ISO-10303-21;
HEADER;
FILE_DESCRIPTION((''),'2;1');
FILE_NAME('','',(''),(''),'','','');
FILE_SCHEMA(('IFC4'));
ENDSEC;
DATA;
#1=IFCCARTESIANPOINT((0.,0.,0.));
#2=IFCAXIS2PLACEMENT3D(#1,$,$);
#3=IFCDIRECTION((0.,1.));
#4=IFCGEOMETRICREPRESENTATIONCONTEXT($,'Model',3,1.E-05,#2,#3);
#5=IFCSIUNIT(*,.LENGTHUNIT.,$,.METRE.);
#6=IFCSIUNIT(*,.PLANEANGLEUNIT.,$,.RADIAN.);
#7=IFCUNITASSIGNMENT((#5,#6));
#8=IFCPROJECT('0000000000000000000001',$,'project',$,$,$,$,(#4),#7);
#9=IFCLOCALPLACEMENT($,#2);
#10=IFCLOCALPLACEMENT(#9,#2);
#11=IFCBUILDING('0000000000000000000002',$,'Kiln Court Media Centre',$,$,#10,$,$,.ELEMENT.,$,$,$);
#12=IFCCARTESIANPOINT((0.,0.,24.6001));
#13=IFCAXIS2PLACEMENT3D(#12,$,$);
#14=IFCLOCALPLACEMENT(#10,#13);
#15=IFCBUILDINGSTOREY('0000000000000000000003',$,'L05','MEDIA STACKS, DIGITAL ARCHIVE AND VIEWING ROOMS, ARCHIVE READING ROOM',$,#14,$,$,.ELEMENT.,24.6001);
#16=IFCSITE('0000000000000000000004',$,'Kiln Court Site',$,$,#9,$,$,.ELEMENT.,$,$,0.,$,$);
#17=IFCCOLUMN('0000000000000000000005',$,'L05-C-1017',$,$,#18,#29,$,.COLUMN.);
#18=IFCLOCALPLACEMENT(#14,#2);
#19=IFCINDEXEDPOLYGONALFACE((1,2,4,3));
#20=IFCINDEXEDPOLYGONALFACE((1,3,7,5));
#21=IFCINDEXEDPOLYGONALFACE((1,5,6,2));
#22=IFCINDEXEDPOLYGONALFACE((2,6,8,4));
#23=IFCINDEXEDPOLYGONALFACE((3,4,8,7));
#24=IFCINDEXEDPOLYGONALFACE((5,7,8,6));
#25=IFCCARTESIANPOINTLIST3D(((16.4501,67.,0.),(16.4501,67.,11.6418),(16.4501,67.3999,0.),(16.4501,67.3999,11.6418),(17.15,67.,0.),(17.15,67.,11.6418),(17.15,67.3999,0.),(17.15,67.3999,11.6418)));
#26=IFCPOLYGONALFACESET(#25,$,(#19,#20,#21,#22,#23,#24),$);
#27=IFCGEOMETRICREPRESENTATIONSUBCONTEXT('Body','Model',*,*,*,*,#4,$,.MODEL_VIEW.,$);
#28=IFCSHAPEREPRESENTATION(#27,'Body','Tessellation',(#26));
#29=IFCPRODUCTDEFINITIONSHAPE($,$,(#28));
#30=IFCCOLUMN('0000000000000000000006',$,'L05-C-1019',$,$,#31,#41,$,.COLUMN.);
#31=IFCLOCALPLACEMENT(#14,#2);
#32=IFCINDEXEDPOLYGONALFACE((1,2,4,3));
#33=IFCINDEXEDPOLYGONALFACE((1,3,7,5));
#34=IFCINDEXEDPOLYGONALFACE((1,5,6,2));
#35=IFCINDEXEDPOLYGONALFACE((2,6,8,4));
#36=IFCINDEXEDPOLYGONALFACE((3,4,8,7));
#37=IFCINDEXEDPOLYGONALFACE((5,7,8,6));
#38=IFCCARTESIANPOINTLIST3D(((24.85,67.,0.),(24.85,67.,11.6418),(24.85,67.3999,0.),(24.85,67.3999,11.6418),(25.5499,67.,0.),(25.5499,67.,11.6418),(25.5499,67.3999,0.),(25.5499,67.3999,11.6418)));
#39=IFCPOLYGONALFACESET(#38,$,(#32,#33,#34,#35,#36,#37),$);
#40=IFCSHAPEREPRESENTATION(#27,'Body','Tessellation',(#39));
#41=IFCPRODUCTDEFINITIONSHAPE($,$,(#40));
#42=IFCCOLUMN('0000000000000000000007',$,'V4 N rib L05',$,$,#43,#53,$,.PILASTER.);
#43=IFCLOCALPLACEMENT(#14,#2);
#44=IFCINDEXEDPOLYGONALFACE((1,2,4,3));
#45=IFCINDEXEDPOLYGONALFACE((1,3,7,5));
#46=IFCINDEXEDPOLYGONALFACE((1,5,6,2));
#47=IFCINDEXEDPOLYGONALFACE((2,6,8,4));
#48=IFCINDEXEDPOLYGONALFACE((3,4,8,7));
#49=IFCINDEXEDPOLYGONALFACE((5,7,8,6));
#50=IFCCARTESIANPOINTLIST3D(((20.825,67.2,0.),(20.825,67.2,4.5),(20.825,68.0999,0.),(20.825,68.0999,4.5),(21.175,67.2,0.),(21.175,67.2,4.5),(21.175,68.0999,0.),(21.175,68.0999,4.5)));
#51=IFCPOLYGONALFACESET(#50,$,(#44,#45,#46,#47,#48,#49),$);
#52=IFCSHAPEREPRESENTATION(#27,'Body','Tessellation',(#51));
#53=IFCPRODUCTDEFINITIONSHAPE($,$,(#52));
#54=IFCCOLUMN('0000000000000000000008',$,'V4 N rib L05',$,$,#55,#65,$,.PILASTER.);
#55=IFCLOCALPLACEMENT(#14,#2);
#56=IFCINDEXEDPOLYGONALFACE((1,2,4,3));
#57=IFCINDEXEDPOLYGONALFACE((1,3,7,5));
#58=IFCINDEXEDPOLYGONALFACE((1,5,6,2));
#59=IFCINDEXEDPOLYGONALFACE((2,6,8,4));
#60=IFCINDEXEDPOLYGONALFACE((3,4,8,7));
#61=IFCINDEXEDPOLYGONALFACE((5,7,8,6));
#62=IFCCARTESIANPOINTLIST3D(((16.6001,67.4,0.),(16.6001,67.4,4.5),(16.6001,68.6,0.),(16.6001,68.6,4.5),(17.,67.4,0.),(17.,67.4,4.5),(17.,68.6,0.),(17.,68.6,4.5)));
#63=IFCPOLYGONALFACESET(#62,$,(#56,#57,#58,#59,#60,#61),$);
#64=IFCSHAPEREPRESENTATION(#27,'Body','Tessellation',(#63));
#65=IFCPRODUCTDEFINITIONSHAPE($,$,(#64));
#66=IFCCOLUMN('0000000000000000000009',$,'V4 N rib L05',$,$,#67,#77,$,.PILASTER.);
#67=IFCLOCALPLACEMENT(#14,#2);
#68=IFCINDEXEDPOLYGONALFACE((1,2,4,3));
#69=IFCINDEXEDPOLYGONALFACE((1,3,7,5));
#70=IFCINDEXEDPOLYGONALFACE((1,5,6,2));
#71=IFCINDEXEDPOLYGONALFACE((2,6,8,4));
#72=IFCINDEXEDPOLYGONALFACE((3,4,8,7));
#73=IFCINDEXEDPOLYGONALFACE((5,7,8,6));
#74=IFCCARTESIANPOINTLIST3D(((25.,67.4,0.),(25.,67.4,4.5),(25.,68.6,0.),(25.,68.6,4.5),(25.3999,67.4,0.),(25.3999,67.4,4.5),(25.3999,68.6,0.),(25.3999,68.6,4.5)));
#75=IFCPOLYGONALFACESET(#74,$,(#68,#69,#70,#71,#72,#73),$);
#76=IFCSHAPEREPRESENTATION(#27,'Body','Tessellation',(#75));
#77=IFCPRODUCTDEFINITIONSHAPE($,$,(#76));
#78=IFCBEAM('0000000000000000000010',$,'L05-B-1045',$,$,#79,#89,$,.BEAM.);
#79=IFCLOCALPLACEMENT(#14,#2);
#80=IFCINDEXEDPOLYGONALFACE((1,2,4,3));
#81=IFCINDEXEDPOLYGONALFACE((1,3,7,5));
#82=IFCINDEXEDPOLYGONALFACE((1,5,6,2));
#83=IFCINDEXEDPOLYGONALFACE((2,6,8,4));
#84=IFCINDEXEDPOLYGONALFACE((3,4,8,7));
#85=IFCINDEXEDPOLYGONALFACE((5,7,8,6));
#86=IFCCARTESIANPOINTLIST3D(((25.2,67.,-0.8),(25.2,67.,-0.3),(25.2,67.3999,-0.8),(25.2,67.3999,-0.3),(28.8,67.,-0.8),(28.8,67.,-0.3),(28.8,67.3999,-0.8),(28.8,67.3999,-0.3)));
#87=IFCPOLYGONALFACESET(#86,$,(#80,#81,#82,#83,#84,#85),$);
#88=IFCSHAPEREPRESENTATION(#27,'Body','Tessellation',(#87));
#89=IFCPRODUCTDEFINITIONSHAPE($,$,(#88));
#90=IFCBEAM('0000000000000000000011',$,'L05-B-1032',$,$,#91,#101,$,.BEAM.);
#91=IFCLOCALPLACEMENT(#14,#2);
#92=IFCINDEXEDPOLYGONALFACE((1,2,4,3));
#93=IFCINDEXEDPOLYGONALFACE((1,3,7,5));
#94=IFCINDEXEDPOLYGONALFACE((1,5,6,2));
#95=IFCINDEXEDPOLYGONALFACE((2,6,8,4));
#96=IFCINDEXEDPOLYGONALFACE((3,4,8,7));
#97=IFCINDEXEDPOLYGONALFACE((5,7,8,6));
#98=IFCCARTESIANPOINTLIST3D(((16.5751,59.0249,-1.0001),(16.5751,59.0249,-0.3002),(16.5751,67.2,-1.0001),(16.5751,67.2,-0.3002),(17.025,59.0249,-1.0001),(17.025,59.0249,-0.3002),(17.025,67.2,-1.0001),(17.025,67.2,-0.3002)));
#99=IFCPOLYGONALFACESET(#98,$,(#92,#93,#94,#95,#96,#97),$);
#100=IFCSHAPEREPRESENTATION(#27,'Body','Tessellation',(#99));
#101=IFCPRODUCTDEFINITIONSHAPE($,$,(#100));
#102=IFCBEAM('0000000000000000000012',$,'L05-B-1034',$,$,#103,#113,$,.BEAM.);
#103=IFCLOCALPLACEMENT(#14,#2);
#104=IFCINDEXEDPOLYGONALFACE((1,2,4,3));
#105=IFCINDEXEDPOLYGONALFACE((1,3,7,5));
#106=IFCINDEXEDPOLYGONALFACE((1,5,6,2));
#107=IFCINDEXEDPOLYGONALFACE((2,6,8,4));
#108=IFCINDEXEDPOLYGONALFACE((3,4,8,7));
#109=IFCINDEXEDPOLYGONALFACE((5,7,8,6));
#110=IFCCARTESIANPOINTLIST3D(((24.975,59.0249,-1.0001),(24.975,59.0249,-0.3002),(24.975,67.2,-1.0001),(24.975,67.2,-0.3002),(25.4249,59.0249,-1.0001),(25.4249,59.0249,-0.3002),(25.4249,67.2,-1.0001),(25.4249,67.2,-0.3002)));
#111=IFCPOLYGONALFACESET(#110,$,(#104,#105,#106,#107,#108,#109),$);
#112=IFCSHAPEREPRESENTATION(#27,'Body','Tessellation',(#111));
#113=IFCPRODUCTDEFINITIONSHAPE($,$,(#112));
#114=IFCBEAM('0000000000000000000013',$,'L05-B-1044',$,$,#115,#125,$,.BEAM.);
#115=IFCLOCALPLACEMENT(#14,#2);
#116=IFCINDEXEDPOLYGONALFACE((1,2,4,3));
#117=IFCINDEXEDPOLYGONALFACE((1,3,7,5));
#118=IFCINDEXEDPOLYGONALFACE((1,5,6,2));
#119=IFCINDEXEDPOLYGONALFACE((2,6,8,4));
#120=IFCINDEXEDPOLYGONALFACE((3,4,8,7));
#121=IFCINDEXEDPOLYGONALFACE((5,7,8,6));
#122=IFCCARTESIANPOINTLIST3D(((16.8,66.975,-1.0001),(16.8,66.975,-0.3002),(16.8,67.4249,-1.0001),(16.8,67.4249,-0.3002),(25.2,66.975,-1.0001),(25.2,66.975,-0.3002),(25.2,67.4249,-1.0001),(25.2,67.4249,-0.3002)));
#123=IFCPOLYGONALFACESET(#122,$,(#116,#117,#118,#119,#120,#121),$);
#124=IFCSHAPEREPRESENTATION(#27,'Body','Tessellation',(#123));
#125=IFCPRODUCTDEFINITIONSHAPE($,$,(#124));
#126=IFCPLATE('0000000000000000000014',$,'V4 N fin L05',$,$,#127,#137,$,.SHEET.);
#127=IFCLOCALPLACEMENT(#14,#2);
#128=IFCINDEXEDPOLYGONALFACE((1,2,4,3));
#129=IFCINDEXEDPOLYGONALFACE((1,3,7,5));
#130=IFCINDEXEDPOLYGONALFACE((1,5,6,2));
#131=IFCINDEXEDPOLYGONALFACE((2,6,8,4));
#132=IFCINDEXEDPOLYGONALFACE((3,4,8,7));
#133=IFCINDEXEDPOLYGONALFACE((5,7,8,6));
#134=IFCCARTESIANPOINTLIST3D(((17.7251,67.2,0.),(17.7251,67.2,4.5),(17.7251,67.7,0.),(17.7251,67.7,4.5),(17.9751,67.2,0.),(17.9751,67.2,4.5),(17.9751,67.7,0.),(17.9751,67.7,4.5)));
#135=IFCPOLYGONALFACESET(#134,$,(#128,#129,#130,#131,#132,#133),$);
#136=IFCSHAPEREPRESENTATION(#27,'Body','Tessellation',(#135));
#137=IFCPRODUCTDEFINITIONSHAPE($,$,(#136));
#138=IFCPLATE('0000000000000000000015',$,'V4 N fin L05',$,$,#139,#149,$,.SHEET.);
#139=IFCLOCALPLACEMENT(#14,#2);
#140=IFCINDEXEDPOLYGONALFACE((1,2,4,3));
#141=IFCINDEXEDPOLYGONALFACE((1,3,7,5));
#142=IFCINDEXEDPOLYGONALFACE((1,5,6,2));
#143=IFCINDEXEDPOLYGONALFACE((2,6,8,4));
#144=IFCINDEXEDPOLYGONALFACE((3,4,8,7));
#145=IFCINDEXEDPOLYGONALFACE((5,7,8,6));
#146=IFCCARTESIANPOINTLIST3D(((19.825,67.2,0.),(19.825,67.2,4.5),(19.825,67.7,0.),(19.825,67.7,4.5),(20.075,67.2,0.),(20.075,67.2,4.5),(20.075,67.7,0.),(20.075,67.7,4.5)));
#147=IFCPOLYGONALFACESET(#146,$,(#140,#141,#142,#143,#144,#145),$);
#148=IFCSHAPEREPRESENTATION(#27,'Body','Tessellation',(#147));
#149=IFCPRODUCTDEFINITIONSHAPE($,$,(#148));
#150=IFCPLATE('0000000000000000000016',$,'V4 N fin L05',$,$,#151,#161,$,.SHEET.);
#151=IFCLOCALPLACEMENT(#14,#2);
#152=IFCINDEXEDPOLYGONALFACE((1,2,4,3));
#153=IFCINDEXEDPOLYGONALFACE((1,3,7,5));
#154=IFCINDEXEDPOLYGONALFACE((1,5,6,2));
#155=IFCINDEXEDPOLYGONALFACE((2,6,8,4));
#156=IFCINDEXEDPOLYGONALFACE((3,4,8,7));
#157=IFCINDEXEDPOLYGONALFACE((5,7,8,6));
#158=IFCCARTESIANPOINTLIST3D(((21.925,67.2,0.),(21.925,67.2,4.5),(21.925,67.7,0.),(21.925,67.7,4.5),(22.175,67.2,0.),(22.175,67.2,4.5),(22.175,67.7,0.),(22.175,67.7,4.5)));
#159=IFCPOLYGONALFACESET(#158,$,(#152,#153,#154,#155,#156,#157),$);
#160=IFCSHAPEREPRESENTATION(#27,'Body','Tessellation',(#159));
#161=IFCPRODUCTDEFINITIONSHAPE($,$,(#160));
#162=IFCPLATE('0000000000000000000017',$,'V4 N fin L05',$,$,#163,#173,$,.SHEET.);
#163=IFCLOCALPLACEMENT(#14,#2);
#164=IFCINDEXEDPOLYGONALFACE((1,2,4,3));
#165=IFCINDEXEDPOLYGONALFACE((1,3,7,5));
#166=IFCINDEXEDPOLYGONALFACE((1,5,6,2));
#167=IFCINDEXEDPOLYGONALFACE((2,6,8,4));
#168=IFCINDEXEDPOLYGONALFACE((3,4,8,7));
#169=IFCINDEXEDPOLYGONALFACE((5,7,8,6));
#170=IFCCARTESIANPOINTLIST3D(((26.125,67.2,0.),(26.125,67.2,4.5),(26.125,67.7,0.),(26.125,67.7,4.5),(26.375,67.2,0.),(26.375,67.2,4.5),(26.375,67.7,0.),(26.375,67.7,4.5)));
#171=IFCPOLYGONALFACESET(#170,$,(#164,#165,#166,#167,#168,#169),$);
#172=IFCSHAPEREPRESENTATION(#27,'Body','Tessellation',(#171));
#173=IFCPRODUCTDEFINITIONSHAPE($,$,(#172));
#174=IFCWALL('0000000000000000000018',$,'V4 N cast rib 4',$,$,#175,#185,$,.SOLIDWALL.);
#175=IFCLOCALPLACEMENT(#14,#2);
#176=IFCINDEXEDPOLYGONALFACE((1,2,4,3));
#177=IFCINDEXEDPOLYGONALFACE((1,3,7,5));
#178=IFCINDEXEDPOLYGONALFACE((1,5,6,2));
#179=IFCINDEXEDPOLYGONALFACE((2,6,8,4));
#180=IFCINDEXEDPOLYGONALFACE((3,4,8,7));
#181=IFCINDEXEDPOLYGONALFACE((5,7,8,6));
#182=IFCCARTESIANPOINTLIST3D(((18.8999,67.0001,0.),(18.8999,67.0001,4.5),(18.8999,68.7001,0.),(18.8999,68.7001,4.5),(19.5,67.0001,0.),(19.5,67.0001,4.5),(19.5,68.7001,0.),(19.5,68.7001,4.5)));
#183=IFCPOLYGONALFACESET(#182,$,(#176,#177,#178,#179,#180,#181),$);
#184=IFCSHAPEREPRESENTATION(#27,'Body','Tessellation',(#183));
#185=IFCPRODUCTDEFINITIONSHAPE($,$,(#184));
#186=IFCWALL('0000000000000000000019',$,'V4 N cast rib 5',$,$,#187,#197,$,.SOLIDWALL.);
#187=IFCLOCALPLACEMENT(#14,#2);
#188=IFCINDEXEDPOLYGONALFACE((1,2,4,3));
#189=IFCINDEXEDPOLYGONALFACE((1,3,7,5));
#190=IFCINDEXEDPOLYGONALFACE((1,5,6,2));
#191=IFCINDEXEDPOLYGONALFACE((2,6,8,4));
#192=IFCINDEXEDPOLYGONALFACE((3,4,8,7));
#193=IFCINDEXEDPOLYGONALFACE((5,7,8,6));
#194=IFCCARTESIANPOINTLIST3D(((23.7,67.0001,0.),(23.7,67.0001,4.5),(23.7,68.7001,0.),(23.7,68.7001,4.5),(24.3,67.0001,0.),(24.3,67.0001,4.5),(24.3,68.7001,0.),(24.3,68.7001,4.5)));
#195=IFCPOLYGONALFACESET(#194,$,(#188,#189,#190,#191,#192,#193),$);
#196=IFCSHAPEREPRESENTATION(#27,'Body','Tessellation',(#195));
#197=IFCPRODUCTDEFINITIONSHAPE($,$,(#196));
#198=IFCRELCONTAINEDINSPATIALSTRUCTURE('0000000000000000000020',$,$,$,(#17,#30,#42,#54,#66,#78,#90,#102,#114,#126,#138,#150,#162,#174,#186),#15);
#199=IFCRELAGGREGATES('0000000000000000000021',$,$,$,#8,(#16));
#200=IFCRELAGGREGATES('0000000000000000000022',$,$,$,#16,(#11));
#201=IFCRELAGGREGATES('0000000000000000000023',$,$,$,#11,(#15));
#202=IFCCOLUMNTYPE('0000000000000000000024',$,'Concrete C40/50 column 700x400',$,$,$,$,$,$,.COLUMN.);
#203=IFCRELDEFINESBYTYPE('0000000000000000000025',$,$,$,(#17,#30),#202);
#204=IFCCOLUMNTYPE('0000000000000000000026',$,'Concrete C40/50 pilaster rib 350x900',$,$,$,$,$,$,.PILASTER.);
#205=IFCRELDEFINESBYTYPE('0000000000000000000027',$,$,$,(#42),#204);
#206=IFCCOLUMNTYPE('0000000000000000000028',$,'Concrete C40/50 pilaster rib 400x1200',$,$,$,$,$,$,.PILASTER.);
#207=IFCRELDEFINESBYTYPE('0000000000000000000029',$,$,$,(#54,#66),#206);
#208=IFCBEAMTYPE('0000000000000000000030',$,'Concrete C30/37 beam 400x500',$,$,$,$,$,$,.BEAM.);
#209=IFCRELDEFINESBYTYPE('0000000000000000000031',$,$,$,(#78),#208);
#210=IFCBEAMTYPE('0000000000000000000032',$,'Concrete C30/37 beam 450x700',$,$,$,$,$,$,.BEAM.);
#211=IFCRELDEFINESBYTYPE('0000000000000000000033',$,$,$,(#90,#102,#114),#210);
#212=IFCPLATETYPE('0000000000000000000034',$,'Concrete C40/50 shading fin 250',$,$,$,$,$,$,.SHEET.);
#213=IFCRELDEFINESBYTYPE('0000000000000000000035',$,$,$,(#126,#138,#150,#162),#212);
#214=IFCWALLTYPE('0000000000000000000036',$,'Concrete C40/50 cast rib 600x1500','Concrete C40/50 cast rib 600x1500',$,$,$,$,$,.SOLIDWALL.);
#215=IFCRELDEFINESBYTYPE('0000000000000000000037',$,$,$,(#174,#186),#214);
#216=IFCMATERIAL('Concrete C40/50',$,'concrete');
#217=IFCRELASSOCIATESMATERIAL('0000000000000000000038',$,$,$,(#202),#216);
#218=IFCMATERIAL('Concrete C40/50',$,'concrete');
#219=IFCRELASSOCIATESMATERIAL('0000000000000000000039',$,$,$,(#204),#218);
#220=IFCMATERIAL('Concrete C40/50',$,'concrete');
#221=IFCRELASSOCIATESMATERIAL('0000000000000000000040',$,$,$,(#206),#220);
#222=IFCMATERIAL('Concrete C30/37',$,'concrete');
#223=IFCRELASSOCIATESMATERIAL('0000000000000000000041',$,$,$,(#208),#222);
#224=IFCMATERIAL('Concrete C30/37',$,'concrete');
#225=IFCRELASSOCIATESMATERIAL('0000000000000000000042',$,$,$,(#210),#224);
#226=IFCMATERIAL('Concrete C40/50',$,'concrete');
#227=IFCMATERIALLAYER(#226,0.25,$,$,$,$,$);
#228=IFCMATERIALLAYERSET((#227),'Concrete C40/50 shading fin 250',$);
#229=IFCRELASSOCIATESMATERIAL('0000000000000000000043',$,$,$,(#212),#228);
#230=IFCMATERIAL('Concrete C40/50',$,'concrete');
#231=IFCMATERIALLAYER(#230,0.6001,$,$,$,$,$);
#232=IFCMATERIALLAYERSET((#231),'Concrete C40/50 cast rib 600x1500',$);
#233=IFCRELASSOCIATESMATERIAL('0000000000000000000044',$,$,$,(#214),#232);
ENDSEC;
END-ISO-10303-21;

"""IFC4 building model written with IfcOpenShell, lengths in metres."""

from ifc_helpers import new_model, si_unit, direction, frame, frame_2d, origin, origin_2d, place, context, subcontext, project, spatial, rectangle, extrude, material, layer, layer_set, material_profile, profile_set, type_object, element, save


model = new_model("IFC4")

# Units and contexts
model_context = context("Model", 3, precision=1e-05, world=origin(), true_north=direction((0.0, 1.0)))
body_context = subcontext(model_context, "Body", "Model", "MODEL_VIEW")
ifc_project = project(units=[si_unit("LENGTHUNIT", "METRE"), si_unit("PLANEANGLEUNIT", "RADIAN")], contexts=[model_context])

# Site, building, storey
site_placement = place(None, origin())
site = spatial("IfcSite", under=ifc_project, at=site_placement, Name="Kiln Court Site", CompositionType="ELEMENT", RefElevation=0.0)
building_placement = place(site_placement, origin())
building = spatial("IfcBuilding", under=site, at=building_placement, Name="Kiln Court Media Centre", CompositionType="ELEMENT")
storey_placement = place(building_placement, frame((0.0, 0.0, 24.6001)))
storey = spatial("IfcBuildingStorey", under=building, at=storey_placement, Name="L05", Description="MEDIA STACKS, DIGITAL ARCHIVE AND VIEWING ROOMS, ARCHIVE READING ROOM", CompositionType="ELEMENT", Elevation=24.6001)

# Columns
ifc_material_1 = material(Name="Concrete C40/50", Category="concrete")
ifc_material_profile_1 = material_profile(ifc_material_1, rectangle(XDim=0.7, YDim=0.3999, at=origin_2d()), Name="RC 700x400")
ifc_profile_set_1 = profile_set([ifc_material_profile_1], Name="Concrete C40/50")
column_type_1 = type_object("IfcColumnType", Name="Concrete C40/50 column 700x400", PredefinedType="COLUMN", material=ifc_profile_set_1)
for number, where, z_axis, x_axis, name in (
    (1, (16.8, 67.2, 0.0), (0.0, 0.0, 1.0), (1.0, 0.0, 0.0), "L05-C-1017"),
    (2, (25.2, 67.2, 0.0), (0.0, 0.0, 1.0), (1.0, 0.0, 0.0), "L05-C-1019"),
):
    element("IfcColumn", number, at=place(storey_placement, frame(where, z_axis=z_axis, x_axis=x_axis)), inside=storey, type_object=column_type_1, Name=name, PredefinedType="COLUMN", context=body_context, shape_type="SweptSolid", body=[
        extrude(rectangle(XDim=0.7, YDim=0.3999, at=origin_2d()), origin(), (0.0, 0.0, 1.0), 11.6418),
    ])
ifc_material_2 = material(Name="Concrete C40/50", Category="concrete")
ifc_material_profile_2 = material_profile(ifc_material_2, rectangle(XDim=0.3501, YDim=0.8999, at=origin_2d()), Name="RC 350x900")
ifc_profile_set_2 = profile_set([ifc_material_profile_2], Name="Concrete C40/50")
column_type_2 = type_object("IfcColumnType", Name="Concrete C40/50 pilaster rib 350x900", PredefinedType="PILASTER", material=ifc_profile_set_2)
column_placement = place(storey_placement, frame((21.0, 67.6499, 0.0), z_axis=(0.0, 0.0, 1.0), x_axis=(1.0, 0.0, 0.0)))
element("IfcColumn", 3, at=column_placement, inside=storey, type_object=column_type_2, Name="V4 N rib L05", PredefinedType="PILASTER", context=body_context, shape_type="SweptSolid", body=[
    extrude(rectangle(XDim=0.3501, YDim=0.8999, at=origin_2d()), origin(), (0.0, 0.0, 1.0), 4.5),
])
ifc_material_3 = material(Name="Concrete C40/50", Category="concrete")
ifc_material_profile_3 = material_profile(ifc_material_3, rectangle(XDim=0.3999, YDim=1.2, at=origin_2d()), Name="RC 400x1200")
ifc_profile_set_3 = profile_set([ifc_material_profile_3], Name="Concrete C40/50")
column_type_3 = type_object("IfcColumnType", Name="Concrete C40/50 pilaster rib 400x1200", PredefinedType="PILASTER", material=ifc_profile_set_3)
for number, where, z_axis, x_axis, name in (
    (4, (16.8, 68.0, 0.0), (0.0, 0.0, 1.0), (1.0, 0.0, 0.0), "V4 N rib L05"),
    (5, (25.2, 68.0, 0.0), (0.0, 0.0, 1.0), (1.0, 0.0, 0.0), "V4 N rib L05"),
):
    element("IfcColumn", number, at=place(storey_placement, frame(where, z_axis=z_axis, x_axis=x_axis)), inside=storey, type_object=column_type_3, Name=name, PredefinedType="PILASTER", context=body_context, shape_type="SweptSolid", body=[
        extrude(rectangle(XDim=0.3999, YDim=1.2, at=origin_2d()), origin(), (0.0, 0.0, 1.0), 4.5),
    ])

# Beams
ifc_material_4 = material(Name="Concrete C30/37", Category="concrete")
ifc_material_profile_4 = material_profile(ifc_material_4, rectangle(XDim=0.3999, YDim=0.5, at=origin_2d()), Name="RC 400x500")
ifc_profile_set_4 = profile_set([ifc_material_profile_4], Name="Concrete C30/37")
beam_type_1 = type_object("IfcBeamType", Name="Concrete C30/37 beam 400x500", PredefinedType="BEAM", material=ifc_profile_set_4)
beam_1_placement = place(storey_placement, frame((25.2, 67.2, -0.55), z_axis=(1.0, 0.0, 0.0), x_axis=(0.0, 1.0, 0.0)))
element("IfcBeam", 6, at=beam_1_placement, inside=storey, type_object=beam_type_1, Name="L05-B-1045", PredefinedType="BEAM", context=body_context, shape_type="SweptSolid", body=[
    extrude(rectangle(XDim=0.3999, YDim=0.5, at=origin_2d()), origin(), (0.0, 0.0, 1.0), 3.6001),
])
ifc_material_5 = material(Name="Concrete C30/37", Category="concrete")
ifc_material_profile_5 = material_profile(ifc_material_5, rectangle(XDim=0.45, YDim=0.7, at=origin_2d()), Name="RC 450x700")
ifc_profile_set_5 = profile_set([ifc_material_profile_5], Name="Concrete C30/37")
beam_type_2 = type_object("IfcBeamType", Name="Concrete C30/37 beam 450x700", PredefinedType="BEAM", material=ifc_profile_set_5)
for number, where, z_axis, x_axis, name in (
    (7, (16.8, 59.0249, -0.6501), (0.0, 1.0, 0.0), (-1.0, 0.0, 0.0), "L05-B-1032"),
    (8, (25.2, 59.0249, -0.6501), (0.0, 1.0, 0.0), (-1.0, 0.0, 0.0), "L05-B-1034"),
):
    element("IfcBeam", number, at=place(storey_placement, frame(where, z_axis=z_axis, x_axis=x_axis)), inside=storey, type_object=beam_type_2, Name=name, PredefinedType="BEAM", context=body_context, shape_type="SweptSolid", body=[
        extrude(rectangle(XDim=0.45, YDim=0.7, at=origin_2d()), origin(), (0.0, 0.0, 1.0), 8.175),
    ])
beam_2_placement = place(storey_placement, frame((16.8, 67.2, -0.6501), z_axis=(1.0, 0.0, 0.0), x_axis=(0.0, 1.0, 0.0)))
element("IfcBeam", 9, at=beam_2_placement, inside=storey, type_object=beam_type_2, Name="L05-B-1044", PredefinedType="BEAM", context=body_context, shape_type="SweptSolid", body=[
    extrude(rectangle(XDim=0.45, YDim=0.7, at=origin_2d()), origin(), (0.0, 0.0, 1.0), 8.3999),
])

# Plates
ifc_material_6 = material(Name="Concrete C40/50", Category="concrete")
ifc_layer_1 = layer(ifc_material_6, 0.25)
ifc_layer_set_1 = layer_set([ifc_layer_1], Name="Concrete C40/50 shading fin 250")
plate_type = type_object("IfcPlateType", Name="Concrete C40/50 shading fin 250", PredefinedType="SHEET", material=ifc_layer_set_1)
for number, where, z_axis, x_axis, name in (
    (10, (17.8501, 67.45, 0.0), (0.0, 0.0, 1.0), (1.0, 0.0, 0.0), "V4 N fin L05"),
    (11, (19.95, 67.45, 0.0), (0.0, 0.0, 1.0), (1.0, 0.0, 0.0), "V4 N fin L05"),
    (12, (22.05, 67.45, 0.0), (0.0, 0.0, 1.0), (1.0, 0.0, 0.0), "V4 N fin L05"),
    (13, (26.25, 67.45, 0.0), (0.0, 0.0, 1.0), (1.0, 0.0, 0.0), "V4 N fin L05"),
):
    element("IfcPlate", number, at=place(storey_placement, frame(where, z_axis=z_axis, x_axis=x_axis)), inside=storey, type_object=plate_type, Name=name, PredefinedType="SHEET", context=body_context, shape_type="SweptSolid", body=[
        extrude(rectangle(XDim=0.25, YDim=0.5, at=origin_2d()), origin(), (0.0, 0.0, 1.0), 4.5),
    ])

# Walls
ifc_material_7 = material(Name="Concrete C40/50", Category="concrete")
ifc_layer_2 = layer(ifc_material_7, 0.6001)
ifc_layer_set_2 = layer_set([ifc_layer_2], Name="Concrete C40/50 cast rib 600x1500")
wall_type_1 = type_object("IfcWallType", Name="Concrete C40/50 cast rib 600x1500", Description="Concrete C40/50 cast rib 600x1500", PredefinedType="SOLIDWALL", material=ifc_layer_set_2)
for number, where, z_axis, x_axis, name in (
    (14, (19.2, 67.0, 0.0), (0.0, 0.0, 1.0), (0.0, 1.0, 0.0), "V4 N cast rib 4"),
    (15, (24.0, 67.0, 0.0), (0.0, 0.0, 1.0), (0.0, 1.0, 0.0), "V4 N cast rib 5"),
):
    element("IfcWall", number, at=place(storey_placement, frame(where, z_axis=z_axis, x_axis=x_axis)), inside=storey, type_object=wall_type_1, Name=name, PredefinedType="SOLIDWALL", context=body_context, shape_type="SweptSolid", body=[
        extrude(rectangle(XDim=1.7, YDim=0.6001, at=frame_2d((0.8501, 0.0))), origin(), (0.0, 0.0, 1.0), 4.5),
    ])

save(model, "model.ifc")
